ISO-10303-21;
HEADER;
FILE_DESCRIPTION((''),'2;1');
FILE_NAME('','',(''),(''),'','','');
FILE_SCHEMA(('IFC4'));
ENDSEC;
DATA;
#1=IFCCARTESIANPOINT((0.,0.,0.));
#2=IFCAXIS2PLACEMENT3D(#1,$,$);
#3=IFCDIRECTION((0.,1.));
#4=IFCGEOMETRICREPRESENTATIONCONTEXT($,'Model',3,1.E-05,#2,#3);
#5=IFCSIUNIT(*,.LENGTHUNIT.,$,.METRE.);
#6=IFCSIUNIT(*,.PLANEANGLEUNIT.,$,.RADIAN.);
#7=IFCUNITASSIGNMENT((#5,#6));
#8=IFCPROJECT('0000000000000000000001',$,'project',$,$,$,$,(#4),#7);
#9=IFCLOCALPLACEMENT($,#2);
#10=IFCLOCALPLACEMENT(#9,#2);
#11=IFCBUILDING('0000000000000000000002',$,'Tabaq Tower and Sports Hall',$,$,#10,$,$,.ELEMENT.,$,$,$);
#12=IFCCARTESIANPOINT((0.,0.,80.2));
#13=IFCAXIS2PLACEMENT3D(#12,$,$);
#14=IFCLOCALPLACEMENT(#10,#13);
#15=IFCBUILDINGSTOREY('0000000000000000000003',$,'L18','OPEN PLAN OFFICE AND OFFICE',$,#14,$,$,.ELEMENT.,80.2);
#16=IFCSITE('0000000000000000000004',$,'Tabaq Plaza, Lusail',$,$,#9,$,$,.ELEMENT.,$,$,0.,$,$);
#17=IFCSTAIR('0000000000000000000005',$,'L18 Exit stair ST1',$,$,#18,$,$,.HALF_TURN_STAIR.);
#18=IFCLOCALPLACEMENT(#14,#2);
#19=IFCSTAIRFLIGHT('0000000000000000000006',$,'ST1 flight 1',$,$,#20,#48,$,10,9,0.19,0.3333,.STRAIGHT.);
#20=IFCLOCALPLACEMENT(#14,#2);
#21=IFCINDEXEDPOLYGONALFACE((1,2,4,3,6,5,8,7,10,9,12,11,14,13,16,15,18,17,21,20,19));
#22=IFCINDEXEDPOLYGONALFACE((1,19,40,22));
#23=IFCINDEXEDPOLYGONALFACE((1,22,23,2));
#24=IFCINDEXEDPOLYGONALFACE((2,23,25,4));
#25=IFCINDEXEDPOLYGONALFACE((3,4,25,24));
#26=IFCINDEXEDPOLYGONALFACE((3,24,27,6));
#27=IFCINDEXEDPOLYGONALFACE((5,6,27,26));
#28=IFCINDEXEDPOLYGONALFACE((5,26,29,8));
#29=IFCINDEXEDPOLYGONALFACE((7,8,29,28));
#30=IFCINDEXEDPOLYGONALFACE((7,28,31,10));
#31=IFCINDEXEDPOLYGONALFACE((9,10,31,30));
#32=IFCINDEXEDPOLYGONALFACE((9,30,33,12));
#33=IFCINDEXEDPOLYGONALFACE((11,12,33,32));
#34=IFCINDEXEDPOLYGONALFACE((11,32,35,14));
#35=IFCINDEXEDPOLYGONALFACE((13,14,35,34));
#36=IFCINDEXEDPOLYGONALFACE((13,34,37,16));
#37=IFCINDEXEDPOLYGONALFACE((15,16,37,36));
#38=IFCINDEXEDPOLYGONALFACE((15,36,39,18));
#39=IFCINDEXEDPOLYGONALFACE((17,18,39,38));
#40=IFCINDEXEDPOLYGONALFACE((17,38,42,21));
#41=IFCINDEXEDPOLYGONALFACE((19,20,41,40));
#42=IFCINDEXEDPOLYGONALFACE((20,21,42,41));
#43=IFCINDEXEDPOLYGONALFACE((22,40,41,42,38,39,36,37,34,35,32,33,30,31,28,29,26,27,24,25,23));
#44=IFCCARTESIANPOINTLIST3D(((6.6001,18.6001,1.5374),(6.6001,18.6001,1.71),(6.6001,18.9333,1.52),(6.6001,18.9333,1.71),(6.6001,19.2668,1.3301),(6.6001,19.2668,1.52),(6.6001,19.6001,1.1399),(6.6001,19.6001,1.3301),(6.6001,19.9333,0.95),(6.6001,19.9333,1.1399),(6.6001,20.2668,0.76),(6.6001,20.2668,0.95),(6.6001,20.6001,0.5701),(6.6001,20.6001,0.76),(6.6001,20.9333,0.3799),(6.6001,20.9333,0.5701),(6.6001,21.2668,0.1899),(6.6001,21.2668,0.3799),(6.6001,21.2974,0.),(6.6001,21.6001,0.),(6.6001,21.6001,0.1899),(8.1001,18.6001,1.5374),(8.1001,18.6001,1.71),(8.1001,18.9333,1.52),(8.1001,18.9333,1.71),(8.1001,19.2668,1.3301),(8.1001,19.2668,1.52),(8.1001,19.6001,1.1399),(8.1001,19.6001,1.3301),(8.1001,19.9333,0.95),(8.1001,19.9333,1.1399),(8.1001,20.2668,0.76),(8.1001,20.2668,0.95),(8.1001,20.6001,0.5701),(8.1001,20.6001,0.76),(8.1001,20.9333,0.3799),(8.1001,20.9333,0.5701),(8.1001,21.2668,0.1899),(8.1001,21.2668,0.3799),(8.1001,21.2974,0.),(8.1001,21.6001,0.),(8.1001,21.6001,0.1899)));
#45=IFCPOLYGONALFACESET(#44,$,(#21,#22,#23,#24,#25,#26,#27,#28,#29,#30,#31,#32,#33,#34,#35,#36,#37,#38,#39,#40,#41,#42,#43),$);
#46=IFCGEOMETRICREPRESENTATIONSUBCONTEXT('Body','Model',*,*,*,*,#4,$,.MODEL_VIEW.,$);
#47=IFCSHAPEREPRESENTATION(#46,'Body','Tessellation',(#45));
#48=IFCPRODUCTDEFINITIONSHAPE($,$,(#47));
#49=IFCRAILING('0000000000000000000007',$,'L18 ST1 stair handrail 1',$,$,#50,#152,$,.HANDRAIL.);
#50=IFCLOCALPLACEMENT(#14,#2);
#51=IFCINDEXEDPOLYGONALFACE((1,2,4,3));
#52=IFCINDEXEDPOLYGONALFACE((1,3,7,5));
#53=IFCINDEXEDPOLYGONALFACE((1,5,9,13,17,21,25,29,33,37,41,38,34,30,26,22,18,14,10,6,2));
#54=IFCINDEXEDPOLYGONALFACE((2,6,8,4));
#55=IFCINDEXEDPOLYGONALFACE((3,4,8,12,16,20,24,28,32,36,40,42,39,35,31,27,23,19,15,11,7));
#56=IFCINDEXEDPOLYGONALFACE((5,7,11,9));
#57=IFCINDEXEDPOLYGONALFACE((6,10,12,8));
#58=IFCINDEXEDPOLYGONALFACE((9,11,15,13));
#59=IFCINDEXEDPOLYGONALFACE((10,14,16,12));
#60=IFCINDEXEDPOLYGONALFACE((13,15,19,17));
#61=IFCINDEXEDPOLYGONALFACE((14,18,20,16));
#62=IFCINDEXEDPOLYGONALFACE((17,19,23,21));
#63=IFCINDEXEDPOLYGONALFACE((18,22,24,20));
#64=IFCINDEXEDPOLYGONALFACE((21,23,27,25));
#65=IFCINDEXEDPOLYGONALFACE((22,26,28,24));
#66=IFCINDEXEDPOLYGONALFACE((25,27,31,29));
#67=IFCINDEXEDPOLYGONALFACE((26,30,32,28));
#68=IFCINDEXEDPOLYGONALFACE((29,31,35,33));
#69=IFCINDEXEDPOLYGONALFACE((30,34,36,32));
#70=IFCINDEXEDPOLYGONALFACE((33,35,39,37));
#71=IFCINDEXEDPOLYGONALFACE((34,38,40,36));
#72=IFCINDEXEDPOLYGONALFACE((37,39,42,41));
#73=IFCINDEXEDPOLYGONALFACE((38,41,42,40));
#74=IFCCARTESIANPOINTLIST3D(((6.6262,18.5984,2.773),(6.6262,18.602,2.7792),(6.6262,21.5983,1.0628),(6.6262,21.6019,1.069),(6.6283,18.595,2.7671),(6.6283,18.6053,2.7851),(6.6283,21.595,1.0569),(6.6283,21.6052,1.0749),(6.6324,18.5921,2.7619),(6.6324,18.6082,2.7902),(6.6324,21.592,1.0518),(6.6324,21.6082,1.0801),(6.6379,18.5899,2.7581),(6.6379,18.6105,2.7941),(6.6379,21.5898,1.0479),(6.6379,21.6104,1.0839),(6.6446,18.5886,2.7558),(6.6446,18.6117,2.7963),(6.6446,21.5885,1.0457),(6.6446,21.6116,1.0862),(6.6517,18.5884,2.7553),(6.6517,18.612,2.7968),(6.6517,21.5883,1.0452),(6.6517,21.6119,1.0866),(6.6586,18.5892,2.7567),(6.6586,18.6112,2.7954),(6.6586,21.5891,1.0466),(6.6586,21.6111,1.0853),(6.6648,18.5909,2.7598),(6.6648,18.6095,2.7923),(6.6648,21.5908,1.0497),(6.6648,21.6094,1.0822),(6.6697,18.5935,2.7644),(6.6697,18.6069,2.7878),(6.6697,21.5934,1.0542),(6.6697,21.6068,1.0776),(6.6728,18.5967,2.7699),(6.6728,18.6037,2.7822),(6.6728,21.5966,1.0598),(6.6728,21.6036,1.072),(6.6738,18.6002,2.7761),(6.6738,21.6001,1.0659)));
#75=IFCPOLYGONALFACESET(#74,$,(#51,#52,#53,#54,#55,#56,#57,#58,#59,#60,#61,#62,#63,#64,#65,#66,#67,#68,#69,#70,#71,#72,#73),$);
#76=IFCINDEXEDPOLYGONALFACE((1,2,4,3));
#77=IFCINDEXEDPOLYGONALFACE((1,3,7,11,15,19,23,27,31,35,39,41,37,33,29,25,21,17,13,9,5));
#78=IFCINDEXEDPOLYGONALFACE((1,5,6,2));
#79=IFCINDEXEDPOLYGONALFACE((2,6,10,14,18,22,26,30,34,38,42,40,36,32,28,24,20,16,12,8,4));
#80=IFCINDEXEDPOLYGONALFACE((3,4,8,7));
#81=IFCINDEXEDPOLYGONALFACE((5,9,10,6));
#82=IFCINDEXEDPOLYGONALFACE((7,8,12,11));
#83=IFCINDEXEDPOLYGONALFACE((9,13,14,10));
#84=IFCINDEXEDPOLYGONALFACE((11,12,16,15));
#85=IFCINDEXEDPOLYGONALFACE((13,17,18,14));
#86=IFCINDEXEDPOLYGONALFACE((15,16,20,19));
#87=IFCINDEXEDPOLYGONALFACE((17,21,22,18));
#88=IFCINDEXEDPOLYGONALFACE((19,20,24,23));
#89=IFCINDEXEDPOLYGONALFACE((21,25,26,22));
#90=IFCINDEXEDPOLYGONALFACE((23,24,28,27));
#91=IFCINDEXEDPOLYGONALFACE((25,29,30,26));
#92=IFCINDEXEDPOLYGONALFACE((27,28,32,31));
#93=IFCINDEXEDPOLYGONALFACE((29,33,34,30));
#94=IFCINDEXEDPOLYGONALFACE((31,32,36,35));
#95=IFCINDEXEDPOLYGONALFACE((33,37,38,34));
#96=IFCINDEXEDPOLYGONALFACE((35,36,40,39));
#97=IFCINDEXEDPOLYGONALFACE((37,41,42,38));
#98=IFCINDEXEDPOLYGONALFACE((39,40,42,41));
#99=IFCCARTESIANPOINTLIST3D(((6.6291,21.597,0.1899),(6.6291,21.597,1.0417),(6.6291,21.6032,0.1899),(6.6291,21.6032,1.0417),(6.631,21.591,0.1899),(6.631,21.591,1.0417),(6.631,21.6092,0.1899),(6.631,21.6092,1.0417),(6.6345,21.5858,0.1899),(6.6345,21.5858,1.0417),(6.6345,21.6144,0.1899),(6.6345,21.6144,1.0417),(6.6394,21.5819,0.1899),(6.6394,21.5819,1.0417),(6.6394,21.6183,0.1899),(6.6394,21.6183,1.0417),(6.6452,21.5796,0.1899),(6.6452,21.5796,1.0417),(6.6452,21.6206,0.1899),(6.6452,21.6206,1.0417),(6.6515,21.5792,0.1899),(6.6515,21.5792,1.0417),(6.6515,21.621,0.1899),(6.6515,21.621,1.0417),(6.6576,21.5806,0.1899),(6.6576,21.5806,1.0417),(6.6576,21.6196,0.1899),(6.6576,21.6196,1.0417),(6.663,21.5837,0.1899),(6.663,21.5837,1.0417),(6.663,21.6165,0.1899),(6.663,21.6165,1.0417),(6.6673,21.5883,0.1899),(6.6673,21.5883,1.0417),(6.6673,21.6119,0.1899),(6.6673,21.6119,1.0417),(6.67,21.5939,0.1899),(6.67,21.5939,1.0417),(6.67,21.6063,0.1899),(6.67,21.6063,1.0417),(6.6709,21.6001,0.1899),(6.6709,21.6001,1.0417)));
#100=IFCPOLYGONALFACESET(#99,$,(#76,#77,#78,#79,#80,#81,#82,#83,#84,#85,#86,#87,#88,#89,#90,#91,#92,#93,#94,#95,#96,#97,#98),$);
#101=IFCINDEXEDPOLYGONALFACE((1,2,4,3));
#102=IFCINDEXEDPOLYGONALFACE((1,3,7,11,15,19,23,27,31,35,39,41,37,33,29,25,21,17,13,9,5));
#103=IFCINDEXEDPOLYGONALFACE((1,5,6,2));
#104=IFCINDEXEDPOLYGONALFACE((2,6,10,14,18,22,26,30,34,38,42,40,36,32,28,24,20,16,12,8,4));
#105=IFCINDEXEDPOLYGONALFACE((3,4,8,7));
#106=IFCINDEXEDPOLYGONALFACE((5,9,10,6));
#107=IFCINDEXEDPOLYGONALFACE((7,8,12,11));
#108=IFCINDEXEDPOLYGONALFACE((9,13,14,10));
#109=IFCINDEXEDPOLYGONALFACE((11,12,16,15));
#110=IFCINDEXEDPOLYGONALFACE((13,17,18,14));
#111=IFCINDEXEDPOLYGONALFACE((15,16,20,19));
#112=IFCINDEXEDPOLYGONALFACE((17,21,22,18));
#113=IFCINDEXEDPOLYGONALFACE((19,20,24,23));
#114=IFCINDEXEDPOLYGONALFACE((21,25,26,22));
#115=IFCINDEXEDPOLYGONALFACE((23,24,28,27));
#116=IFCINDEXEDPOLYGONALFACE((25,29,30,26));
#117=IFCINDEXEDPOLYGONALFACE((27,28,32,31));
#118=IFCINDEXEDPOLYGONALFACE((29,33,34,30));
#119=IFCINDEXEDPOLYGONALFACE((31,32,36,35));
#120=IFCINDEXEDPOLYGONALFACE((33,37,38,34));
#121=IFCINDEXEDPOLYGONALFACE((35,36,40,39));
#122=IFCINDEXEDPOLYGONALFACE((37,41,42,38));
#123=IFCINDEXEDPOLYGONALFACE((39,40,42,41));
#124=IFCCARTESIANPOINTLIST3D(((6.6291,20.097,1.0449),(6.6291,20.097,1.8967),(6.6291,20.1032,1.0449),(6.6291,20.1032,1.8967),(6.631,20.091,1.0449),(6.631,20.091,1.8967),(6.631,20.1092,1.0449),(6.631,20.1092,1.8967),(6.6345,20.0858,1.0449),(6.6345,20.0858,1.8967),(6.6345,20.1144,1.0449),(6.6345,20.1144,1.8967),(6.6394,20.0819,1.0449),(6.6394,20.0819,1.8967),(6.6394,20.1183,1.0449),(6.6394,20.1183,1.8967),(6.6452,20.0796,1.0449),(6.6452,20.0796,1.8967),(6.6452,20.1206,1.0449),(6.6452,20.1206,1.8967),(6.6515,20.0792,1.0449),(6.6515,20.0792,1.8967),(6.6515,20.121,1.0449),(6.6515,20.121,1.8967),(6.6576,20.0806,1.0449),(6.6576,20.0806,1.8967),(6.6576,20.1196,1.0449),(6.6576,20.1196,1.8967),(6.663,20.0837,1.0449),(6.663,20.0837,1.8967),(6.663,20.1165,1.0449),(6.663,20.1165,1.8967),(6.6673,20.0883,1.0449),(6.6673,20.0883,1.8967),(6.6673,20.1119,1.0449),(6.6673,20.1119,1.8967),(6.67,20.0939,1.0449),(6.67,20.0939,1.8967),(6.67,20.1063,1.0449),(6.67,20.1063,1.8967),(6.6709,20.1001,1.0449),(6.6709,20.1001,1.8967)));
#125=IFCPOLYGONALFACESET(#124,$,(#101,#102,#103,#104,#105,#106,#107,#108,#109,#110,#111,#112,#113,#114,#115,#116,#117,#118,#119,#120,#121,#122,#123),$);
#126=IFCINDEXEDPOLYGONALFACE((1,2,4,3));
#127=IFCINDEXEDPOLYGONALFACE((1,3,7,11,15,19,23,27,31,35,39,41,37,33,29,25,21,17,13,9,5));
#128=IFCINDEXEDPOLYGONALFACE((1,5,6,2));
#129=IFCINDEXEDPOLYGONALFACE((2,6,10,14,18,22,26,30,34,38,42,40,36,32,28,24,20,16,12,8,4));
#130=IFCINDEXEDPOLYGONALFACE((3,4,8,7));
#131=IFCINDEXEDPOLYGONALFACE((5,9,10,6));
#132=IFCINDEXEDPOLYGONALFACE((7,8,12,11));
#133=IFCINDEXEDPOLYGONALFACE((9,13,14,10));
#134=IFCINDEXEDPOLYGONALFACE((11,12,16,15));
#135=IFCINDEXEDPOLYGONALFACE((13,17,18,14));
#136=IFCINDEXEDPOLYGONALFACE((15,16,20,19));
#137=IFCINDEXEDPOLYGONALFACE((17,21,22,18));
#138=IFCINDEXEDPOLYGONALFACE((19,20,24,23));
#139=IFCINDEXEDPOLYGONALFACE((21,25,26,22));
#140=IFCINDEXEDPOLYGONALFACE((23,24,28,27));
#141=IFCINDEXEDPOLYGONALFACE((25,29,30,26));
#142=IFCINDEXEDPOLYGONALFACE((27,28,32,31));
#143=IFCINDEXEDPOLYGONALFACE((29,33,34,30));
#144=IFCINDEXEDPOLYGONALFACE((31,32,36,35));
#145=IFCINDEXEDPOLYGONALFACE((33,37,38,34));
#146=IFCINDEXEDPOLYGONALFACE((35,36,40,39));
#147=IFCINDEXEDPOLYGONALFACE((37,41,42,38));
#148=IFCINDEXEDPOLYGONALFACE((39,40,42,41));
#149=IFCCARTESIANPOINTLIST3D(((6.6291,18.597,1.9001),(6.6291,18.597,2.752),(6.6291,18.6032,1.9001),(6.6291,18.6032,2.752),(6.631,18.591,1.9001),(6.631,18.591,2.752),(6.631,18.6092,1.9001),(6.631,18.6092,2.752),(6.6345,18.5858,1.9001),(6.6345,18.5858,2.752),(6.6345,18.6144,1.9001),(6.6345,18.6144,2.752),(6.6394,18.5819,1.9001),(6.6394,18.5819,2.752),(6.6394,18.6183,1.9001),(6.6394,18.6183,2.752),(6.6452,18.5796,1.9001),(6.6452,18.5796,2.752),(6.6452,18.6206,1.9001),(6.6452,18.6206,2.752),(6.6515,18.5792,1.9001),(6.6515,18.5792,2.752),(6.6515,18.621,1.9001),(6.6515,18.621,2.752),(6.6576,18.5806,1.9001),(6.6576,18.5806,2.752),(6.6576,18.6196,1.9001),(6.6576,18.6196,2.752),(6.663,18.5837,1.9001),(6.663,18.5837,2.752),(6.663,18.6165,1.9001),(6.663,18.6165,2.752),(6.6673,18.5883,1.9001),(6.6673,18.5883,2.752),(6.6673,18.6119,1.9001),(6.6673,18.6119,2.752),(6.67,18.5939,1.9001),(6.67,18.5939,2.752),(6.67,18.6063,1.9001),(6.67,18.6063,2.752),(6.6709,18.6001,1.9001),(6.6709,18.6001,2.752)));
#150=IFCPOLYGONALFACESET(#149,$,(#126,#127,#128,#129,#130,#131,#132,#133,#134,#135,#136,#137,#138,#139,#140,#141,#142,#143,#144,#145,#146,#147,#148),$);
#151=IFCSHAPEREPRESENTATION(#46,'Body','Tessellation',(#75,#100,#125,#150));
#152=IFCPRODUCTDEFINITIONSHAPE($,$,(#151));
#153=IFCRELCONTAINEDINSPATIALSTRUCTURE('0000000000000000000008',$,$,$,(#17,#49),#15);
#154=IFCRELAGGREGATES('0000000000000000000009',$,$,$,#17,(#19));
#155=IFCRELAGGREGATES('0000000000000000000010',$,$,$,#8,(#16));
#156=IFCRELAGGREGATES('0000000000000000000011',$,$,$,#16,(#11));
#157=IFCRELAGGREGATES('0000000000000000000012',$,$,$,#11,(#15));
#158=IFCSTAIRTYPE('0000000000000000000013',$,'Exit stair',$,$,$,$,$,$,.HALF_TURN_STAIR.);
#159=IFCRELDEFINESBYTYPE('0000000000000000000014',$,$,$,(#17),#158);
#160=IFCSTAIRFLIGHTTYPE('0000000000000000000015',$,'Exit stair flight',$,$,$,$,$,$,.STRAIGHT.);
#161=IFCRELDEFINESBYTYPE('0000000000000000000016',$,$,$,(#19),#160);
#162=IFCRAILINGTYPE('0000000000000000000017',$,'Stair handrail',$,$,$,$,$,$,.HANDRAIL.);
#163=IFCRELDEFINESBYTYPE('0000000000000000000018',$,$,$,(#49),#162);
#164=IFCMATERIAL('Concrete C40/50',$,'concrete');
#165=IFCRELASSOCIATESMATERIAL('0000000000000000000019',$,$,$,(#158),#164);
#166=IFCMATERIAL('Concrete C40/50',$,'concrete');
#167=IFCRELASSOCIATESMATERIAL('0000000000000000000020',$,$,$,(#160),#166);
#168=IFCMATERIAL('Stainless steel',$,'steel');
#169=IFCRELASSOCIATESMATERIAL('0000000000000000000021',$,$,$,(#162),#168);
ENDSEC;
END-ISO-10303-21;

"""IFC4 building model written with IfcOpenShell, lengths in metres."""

from ifc_helpers import new_model, si_unit, direction, frame, origin, origin_2d, place, context, subcontext, project, spatial, polyline, circle, outline, extrude, material, type_object, element, aggregate, save


model = new_model("IFC4")

# Units and contexts
model_context = context("Model", 3, precision=1e-05, world=origin(), true_north=direction((0.0, 1.0)))
body_context = subcontext(model_context, "Body", "Model", "MODEL_VIEW")
ifc_project = project(units=[si_unit("LENGTHUNIT", "METRE"), si_unit("PLANEANGLEUNIT", "RADIAN")], contexts=[model_context])

# Site, building, storey
site_placement = place(None, origin())
site = spatial("IfcSite", under=ifc_project, at=site_placement, Name="Tabaq Plaza, Lusail", CompositionType="ELEMENT", RefElevation=0.0)
building_placement = place(site_placement, origin())
building = spatial("IfcBuilding", under=site, at=building_placement, Name="Tabaq Tower and Sports Hall", CompositionType="ELEMENT")
storey_placement = place(building_placement, frame((0.0, 0.0, 80.2)))
storey = spatial("IfcBuildingStorey", under=building, at=storey_placement, Name="L18", Description="OPEN PLAN OFFICE AND OFFICE", CompositionType="ELEMENT", Elevation=80.2)

# Stair, stair flight
ifc_material_1 = material(Name="Concrete C40/50", Category="concrete")
stair_type = type_object("IfcStairType", Name="Exit stair", PredefinedType="HALF_TURN_STAIR", material=ifc_material_1)
stair_placement = place(storey_placement, origin())
stair = element("IfcStair", 1, at=stair_placement, inside=storey, type_object=stair_type, Name="L18 Exit stair ST1", PredefinedType="HALF_TURN_STAIR")
ifc_material_2 = material(Name="Concrete C40/50", Category="concrete")
stair_flight_type = type_object("IfcStairFlightType", Name="Exit stair flight", PredefinedType="STRAIGHT", material=ifc_material_2)
stair_flight_placement = place(storey_placement, frame((7.3501, 21.6001, 0.0), z_axis=(0.0, 0.0, 1.0), x_axis=(0.0, -1.0, 0.0)))
stair_flight = element("IfcStairFlight", 2, at=stair_flight_placement, type_object=stair_flight_type, Name="ST1 flight 1", NumberOfRisers=10, NumberOfTreads=9, PredefinedType="STRAIGHT", RiserHeight=0.19, TreadLength=0.3333, context=body_context, shape_type="SweptSolid", body=[
    extrude(outline(polyline([(0.0, 0.0), (0.0, 0.1899), (0.3333, 0.1899), (0.3333, 0.3799), (0.6667, 0.3799), (0.6667, 0.5701), (1.0, 0.5701), (1.0, 0.76), (1.3333, 0.76), (1.3333, 0.95), (1.6667, 0.95), (1.6667, 1.1399), (2.0, 1.1399), (2.0, 1.3301), (2.3333, 1.3301), (2.3333, 1.52), (2.6667, 1.52), (2.6667, 1.71), (3.0, 1.71), (3.0, 1.8999), (3.0, 1.5374), (0.3027, 0.0), (0.0, 0.0)])), frame((0.0, 0.75, 0.0), z_axis=(0.0, -1.0, 0.0), x_axis=(1.0, 0.0, 0.0)), (0.0, 0.0, 1.0), 1.5),
])
aggregate(stair, [stair_flight])

# Railing
ifc_material_3 = material(Name="Stainless steel", Category="steel")
railing_type_1 = type_object("IfcRailingType", Name="Stair handrail", PredefinedType="HANDRAIL", material=ifc_material_3)
for number, where, name in (
    (3, (6.6499, 21.6001, 0.1899), "L18 ST1 stair handrail 1"),
):
    element("IfcRailing", number, at=place(storey_placement, frame(where)), inside=storey, type_object=railing_type_1, Name=name, PredefinedType="HANDRAIL", context=body_context, shape_type="SweptSolid", body=[
        extrude(circle(Radius=0.0239, at=origin_2d()), frame((0.0, 0.0, 0.876), z_axis=(0.0, -0.868752, 0.495248), x_axis=(1.0, 0.0, 0.0)), (0.0, 0.0, 1.0), 3.4531),
        extrude(circle(Radius=0.021, at=origin_2d()), origin(), (0.0, 0.0, 1.0), 0.8518),
        extrude(circle(Radius=0.021, at=origin_2d()), frame((0.0, -1.5, 0.855)), (0.0, 0.0, 1.0), 0.8518),
        extrude(circle(Radius=0.021, at=origin_2d()), frame((0.0, -3.0, 1.7102)), (0.0, 0.0, 1.0), 0.8518),
    ])

save(model, "model.ifc")
